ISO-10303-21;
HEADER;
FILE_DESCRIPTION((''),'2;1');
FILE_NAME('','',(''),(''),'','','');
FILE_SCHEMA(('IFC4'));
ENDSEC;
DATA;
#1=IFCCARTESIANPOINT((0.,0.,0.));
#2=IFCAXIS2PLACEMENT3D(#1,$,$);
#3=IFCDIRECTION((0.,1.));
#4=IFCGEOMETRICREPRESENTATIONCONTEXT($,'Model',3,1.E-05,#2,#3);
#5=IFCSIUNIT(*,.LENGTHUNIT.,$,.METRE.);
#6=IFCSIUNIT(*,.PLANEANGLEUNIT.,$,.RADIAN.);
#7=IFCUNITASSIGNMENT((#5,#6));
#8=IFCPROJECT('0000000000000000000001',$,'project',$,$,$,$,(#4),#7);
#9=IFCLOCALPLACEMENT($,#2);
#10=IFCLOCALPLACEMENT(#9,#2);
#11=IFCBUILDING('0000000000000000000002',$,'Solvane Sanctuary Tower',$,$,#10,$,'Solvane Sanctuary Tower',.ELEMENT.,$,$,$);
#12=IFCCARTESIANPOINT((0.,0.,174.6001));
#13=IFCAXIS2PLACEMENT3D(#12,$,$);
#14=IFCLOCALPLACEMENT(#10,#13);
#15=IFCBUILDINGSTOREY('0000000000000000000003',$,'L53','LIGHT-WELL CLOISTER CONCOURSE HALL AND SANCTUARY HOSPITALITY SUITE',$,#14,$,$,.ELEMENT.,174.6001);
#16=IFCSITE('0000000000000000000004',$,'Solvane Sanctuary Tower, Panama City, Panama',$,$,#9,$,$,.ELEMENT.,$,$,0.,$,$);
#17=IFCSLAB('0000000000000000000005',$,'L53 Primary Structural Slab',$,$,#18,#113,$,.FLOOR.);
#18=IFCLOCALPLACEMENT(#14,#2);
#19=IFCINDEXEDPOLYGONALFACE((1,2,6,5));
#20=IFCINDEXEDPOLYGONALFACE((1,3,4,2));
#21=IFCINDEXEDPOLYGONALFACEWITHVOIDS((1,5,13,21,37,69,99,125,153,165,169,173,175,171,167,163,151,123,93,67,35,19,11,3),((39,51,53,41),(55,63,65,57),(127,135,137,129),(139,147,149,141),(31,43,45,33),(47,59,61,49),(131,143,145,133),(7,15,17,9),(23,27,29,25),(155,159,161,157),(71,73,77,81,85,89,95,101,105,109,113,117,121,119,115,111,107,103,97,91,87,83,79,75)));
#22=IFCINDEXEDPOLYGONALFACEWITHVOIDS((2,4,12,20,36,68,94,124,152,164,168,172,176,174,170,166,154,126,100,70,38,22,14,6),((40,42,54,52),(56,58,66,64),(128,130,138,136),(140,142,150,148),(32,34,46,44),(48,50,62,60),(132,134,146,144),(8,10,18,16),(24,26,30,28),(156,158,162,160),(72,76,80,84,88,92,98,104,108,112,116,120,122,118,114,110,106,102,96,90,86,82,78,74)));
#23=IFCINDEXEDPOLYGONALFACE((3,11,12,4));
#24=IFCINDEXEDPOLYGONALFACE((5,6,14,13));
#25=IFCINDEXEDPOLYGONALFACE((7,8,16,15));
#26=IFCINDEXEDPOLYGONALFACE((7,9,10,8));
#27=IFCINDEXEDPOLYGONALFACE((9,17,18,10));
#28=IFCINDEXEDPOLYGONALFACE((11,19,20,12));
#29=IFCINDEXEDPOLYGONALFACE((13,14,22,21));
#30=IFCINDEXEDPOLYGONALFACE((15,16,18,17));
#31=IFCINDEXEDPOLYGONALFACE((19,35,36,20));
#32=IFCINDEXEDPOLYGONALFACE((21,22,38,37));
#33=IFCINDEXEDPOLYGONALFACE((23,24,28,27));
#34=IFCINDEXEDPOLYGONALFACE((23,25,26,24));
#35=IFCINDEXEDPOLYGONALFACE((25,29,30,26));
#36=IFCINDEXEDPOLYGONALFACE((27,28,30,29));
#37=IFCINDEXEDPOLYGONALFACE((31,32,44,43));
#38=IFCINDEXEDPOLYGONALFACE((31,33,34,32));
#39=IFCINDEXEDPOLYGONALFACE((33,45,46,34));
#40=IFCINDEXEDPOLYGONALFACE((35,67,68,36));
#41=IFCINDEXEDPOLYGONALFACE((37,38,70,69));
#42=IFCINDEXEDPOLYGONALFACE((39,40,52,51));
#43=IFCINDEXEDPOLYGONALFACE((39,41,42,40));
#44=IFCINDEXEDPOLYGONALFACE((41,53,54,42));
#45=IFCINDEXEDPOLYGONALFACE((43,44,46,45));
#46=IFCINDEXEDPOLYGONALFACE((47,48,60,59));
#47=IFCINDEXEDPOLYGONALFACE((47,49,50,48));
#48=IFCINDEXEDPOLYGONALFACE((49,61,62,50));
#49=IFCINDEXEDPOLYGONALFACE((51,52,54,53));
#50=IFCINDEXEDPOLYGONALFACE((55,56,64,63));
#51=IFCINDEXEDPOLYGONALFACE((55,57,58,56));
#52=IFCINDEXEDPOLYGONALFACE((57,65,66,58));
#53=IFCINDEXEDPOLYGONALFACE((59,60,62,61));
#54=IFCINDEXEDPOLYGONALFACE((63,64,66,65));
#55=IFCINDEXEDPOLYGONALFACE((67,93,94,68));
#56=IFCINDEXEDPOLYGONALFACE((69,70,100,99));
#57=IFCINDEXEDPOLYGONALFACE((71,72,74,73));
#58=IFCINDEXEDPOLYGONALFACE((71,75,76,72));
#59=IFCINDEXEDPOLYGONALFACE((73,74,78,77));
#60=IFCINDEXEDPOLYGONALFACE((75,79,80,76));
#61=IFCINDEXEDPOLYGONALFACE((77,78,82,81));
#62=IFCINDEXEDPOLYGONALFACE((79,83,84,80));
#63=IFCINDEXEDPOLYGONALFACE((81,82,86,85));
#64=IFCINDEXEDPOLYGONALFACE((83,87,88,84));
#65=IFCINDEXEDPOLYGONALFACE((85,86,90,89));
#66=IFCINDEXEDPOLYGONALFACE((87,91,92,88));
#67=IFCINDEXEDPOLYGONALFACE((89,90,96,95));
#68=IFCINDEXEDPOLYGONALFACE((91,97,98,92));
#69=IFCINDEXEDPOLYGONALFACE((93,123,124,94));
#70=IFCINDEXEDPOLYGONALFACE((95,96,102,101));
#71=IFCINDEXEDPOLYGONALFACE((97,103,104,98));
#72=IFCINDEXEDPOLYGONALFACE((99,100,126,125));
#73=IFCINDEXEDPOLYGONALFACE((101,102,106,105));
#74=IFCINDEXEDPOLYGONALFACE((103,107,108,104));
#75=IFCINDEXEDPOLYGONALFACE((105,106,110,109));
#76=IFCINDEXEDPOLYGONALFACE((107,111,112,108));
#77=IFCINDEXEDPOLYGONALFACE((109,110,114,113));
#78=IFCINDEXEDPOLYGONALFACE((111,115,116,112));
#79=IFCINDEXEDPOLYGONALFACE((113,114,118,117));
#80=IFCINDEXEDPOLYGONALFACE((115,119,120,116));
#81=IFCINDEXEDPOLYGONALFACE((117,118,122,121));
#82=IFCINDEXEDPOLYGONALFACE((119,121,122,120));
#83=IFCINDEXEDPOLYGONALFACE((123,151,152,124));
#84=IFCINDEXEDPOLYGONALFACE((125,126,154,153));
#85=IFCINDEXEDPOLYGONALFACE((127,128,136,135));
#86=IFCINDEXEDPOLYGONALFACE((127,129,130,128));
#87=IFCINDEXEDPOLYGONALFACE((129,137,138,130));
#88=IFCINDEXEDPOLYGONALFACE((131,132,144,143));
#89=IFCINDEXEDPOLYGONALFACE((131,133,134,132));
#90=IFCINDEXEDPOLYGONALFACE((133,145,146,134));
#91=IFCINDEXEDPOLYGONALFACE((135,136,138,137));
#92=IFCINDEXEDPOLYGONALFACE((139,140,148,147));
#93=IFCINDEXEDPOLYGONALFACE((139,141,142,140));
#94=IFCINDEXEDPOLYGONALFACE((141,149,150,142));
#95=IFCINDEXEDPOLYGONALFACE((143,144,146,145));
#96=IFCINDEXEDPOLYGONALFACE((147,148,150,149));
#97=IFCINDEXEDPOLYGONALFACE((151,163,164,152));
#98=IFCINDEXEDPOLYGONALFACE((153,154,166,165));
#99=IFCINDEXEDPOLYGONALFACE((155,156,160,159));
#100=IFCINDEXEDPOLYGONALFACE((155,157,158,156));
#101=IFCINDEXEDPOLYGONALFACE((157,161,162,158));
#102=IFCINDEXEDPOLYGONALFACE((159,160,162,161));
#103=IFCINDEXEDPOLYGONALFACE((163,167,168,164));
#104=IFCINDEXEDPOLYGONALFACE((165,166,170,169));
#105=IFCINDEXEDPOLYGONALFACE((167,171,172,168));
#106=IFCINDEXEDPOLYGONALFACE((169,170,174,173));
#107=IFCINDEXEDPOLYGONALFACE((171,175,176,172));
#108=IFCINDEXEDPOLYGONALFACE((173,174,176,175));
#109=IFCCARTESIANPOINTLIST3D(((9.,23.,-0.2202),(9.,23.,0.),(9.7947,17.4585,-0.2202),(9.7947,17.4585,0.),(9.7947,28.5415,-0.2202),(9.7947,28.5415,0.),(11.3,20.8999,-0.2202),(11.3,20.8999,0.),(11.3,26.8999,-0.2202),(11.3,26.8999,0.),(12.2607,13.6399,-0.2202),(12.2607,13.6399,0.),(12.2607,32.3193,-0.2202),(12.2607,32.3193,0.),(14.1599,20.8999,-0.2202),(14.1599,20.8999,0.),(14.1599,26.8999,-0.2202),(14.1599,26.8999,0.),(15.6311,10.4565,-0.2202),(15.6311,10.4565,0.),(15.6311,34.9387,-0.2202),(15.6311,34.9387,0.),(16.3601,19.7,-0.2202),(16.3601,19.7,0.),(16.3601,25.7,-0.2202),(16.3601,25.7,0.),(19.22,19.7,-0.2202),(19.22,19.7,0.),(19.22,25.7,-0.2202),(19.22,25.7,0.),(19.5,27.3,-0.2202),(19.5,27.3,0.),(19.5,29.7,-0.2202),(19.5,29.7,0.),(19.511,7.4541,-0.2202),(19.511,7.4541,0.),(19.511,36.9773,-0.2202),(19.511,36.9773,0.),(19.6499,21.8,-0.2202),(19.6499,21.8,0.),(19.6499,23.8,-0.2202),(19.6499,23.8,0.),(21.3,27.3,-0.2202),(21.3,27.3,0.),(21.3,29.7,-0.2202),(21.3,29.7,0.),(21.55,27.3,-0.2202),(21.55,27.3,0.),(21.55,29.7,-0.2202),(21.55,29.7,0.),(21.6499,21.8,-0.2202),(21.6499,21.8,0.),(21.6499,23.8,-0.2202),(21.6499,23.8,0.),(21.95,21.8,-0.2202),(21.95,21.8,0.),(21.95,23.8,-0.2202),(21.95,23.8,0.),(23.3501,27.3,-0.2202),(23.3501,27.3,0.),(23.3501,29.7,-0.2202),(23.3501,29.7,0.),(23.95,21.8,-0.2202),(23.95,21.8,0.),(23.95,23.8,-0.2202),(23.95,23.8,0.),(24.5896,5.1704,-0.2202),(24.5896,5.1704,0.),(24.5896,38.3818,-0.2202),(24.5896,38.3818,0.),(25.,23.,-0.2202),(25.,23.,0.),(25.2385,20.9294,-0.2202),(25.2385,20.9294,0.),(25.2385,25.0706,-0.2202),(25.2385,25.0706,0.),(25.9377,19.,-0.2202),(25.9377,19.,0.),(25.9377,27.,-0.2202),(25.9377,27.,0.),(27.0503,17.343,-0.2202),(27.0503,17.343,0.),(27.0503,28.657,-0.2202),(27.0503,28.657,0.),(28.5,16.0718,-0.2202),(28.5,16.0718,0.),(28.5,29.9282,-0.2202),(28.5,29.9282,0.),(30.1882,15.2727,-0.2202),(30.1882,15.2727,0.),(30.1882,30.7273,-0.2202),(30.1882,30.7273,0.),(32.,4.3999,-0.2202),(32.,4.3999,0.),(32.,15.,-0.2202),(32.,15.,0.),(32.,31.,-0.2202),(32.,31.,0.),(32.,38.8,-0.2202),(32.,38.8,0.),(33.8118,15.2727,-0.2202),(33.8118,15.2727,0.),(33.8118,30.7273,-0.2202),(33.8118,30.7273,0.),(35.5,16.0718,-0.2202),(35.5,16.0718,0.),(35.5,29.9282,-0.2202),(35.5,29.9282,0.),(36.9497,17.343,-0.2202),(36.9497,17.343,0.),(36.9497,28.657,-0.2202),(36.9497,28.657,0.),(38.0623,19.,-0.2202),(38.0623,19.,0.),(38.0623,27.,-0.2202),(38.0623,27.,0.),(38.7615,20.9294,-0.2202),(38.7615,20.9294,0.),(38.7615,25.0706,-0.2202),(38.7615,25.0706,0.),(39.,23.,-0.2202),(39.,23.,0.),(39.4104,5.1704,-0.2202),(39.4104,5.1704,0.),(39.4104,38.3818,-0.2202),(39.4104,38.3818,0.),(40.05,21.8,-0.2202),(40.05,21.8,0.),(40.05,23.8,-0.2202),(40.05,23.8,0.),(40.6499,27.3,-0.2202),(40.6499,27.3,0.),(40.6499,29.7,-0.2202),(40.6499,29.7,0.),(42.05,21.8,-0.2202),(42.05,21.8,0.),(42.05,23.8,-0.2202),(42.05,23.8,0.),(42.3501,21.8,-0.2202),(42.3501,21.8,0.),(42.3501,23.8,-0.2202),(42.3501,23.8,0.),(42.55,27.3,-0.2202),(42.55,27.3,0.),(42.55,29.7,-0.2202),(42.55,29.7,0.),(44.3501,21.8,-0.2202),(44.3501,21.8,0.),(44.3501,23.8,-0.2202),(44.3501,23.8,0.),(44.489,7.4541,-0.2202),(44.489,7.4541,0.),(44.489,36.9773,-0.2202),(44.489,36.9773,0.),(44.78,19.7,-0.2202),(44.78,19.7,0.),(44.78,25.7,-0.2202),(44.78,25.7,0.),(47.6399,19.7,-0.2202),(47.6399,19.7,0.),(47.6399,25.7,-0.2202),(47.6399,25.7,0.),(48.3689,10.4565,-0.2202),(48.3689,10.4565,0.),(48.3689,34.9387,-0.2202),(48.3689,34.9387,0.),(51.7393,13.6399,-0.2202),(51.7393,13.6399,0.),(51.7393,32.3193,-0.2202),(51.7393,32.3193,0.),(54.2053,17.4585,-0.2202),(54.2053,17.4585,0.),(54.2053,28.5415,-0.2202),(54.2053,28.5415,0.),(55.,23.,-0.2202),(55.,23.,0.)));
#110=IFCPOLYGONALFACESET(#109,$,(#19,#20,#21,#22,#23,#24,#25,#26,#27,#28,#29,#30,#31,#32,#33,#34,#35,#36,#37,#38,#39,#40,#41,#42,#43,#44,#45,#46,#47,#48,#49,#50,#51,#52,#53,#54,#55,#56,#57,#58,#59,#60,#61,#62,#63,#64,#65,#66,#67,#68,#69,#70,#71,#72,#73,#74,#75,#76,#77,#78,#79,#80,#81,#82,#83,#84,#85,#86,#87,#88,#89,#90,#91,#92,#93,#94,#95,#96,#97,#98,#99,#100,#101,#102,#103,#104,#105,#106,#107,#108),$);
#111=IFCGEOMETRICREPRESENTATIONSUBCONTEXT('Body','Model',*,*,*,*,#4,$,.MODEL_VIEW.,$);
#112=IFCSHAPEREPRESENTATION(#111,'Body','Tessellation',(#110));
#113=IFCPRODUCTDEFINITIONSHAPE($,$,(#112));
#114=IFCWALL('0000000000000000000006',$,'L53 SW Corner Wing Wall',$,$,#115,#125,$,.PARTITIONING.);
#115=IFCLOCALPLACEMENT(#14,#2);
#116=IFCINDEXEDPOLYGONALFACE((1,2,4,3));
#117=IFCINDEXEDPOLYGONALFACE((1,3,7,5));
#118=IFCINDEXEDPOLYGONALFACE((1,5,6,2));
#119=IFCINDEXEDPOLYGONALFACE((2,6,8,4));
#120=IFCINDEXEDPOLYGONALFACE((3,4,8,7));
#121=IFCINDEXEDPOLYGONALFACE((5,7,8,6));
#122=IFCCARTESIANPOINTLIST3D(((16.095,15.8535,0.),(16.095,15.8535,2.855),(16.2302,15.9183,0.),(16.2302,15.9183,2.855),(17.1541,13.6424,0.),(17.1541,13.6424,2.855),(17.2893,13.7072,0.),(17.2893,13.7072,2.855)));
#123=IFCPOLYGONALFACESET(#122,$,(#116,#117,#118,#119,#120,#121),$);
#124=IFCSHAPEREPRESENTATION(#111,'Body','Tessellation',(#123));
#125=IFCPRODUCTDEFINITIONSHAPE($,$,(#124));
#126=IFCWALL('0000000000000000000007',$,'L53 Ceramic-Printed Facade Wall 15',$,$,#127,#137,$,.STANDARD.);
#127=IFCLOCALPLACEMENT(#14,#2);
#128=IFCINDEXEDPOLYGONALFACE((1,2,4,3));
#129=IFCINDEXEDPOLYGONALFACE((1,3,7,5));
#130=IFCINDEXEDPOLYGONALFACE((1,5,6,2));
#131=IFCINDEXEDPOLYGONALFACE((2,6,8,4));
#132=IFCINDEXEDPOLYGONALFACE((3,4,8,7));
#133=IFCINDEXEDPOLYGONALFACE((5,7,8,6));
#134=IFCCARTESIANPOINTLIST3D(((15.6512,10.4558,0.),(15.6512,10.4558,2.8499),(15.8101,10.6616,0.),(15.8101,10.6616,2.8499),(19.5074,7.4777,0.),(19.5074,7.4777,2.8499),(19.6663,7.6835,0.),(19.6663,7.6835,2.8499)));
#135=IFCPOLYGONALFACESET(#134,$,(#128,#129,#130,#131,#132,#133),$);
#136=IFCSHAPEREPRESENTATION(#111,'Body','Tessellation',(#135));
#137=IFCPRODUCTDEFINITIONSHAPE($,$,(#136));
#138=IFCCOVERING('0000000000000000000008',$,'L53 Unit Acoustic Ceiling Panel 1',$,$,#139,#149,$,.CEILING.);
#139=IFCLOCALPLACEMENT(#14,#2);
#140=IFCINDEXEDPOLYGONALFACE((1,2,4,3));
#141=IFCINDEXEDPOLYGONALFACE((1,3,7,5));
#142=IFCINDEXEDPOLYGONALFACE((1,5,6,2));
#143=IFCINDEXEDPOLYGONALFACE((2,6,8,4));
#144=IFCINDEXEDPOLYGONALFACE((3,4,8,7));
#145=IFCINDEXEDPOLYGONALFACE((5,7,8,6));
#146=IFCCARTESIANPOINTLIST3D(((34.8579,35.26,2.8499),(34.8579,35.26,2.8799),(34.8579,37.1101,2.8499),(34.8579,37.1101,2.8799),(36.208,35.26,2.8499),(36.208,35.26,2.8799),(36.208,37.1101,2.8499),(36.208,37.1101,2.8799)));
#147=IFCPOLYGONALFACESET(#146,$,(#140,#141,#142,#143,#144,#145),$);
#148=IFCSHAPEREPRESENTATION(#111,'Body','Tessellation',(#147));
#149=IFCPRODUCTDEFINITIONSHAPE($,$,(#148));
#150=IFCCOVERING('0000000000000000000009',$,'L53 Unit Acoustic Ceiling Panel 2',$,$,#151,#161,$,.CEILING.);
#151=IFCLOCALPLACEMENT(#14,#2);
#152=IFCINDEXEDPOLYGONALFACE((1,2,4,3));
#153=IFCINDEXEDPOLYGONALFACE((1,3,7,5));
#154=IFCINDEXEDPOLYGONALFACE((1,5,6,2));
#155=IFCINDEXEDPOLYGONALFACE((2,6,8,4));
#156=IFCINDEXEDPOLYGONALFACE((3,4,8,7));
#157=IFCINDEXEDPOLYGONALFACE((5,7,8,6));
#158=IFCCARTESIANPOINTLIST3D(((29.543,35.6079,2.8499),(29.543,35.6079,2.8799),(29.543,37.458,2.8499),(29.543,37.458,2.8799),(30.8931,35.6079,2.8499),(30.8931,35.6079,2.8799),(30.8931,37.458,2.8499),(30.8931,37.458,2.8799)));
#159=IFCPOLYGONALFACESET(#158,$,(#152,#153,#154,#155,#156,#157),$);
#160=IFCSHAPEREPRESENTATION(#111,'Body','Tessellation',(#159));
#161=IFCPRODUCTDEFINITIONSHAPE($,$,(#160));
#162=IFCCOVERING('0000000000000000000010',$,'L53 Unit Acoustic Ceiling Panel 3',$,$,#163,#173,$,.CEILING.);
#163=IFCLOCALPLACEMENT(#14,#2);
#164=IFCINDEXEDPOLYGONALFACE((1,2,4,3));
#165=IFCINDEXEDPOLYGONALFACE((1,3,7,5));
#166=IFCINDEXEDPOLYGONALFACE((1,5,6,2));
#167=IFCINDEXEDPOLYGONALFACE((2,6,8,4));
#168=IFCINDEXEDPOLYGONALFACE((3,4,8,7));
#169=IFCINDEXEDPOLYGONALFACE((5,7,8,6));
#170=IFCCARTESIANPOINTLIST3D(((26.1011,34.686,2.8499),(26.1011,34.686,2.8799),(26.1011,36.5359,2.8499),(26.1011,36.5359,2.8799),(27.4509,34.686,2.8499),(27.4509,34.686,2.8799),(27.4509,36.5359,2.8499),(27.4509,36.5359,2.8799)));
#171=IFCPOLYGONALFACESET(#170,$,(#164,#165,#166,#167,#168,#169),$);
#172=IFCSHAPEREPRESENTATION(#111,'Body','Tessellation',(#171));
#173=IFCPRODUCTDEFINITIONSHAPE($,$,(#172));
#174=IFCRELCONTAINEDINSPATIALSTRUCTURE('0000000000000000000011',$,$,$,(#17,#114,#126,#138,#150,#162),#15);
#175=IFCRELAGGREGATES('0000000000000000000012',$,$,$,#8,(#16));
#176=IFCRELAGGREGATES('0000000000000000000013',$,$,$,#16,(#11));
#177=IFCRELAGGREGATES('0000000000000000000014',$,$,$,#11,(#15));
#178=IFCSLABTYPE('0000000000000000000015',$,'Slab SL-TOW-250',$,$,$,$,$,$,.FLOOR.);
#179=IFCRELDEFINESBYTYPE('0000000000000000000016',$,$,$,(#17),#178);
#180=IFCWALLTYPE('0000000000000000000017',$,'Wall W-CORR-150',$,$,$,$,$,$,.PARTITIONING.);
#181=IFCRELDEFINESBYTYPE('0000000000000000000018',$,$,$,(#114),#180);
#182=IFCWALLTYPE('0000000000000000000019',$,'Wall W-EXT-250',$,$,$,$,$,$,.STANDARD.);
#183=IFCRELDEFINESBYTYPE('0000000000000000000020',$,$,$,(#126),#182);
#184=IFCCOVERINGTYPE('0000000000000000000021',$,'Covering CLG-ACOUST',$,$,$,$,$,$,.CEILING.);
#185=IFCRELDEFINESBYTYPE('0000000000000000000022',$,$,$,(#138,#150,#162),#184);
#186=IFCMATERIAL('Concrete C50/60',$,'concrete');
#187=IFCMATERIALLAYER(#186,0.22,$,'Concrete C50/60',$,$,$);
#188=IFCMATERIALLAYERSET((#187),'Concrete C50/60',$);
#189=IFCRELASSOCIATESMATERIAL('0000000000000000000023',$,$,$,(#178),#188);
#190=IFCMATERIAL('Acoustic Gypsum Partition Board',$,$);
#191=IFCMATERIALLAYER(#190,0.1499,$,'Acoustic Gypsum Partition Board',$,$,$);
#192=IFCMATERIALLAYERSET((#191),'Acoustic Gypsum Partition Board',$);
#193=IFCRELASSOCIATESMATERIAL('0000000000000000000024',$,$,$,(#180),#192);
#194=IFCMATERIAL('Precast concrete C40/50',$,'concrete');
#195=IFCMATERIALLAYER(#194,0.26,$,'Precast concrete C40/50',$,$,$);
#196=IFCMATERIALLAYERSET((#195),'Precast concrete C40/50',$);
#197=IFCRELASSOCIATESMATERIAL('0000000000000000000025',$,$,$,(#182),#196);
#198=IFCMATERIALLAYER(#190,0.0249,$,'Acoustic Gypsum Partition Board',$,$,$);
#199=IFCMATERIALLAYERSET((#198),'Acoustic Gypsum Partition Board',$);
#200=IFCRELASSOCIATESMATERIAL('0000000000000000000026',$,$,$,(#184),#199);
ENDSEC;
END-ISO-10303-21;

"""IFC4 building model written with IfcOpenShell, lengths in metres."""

from ifc_helpers import new_model, si_unit, direction, frame, frame_2d, origin, place, context, subcontext, project, spatial, polyline, rectangle, outline, extrude, material, layer, layer_set, type_object, element, save


model = new_model("IFC4")

# Units and contexts
model_context = context("Model", 3, precision=1e-05, world=origin(), true_north=direction((0.0, 1.0)))
body_context = subcontext(model_context, "Body", "Model", "MODEL_VIEW")
ifc_project = project(units=[si_unit("LENGTHUNIT", "METRE"), si_unit("PLANEANGLEUNIT", "RADIAN")], contexts=[model_context])

# Site, building, storey
site_placement = place(None, origin())
site = spatial("IfcSite", under=ifc_project, at=site_placement, Name="Solvane Sanctuary Tower, Panama City, Panama", CompositionType="ELEMENT", RefElevation=0.0)
building_placement = place(site_placement, origin())
building = spatial("IfcBuilding", under=site, at=building_placement, Name="Solvane Sanctuary Tower", LongName="Solvane Sanctuary Tower", CompositionType="ELEMENT")
storey_placement = place(building_placement, frame((0.0, 0.0, 174.6001)))
storey = spatial("IfcBuildingStorey", under=building, at=storey_placement, Name="L53", Description="LIGHT-WELL CLOISTER CONCOURSE HALL AND SANCTUARY HOSPITALITY SUITE", CompositionType="ELEMENT", Elevation=174.6001)

# Shared definitions
ifc_material_1 = material(Name="Precast concrete C40/50", Category="concrete")

# Slab
ifc_material_2 = material(Name="Concrete C50/60", Category="concrete")
ifc_layer_1 = layer(ifc_material_2, 0.22, Name="Concrete C50/60")
ifc_layer_set_1 = layer_set([ifc_layer_1], Name="Concrete C50/60")
slab_type_1 = type_object("IfcSlabType", Name="Slab SL-TOW-250", PredefinedType="FLOOR", material=ifc_layer_set_1)
slab_1_placement = place(storey_placement, frame((0.0, 0.0, -0.2202)))
element("IfcSlab", 1, at=slab_1_placement, inside=storey, type_object=slab_type_1, Name="L53 Primary Structural Slab", PredefinedType="FLOOR", context=body_context, shape_type="SweptSolid", body=[
    extrude(outline(polyline([(55.0, 23.0), (54.2053, 28.5415), (51.7393, 32.3193), (48.3689, 34.9387), (44.489, 36.9773), (39.4104, 38.3818), (32.0, 38.8), (24.5896, 38.3818), (19.511, 36.9773), (15.6311, 34.9387), (12.2607, 32.3193), (9.7947, 28.5415), (9.0, 23.0), (9.7947, 17.4585), (12.2607, 13.6399), (15.6311, 10.4565), (19.511, 7.4541), (24.5896, 5.1704), (32.0, 4.3999), (39.4104, 5.1704), (44.489, 7.4541), (48.3689, 10.4565), (51.7393, 13.6399), (54.2053, 17.4585), (55.0, 23.0)]), holes=[polyline([(38.7615, 20.9294), (38.0623, 19.0), (36.9497, 17.343), (35.5, 16.0718), (33.8118, 15.2727), (32.0, 15.0), (30.1882, 15.2727), (28.5, 16.0718), (27.0503, 17.343), (25.9377, 19.0), (25.2385, 20.9294), (25.0, 23.0), (25.2385, 25.0706), (25.9377, 27.0), (27.0503, 28.657), (28.5, 29.9282), (30.1882, 30.7273), (32.0, 31.0), (33.8118, 30.7273), (35.5, 29.9282), (36.9497, 28.657), (38.0623, 27.0), (38.7615, 25.0706), (39.0, 23.0), (38.7615, 20.9294)]), polyline([(16.3601, 19.7), (16.3601, 25.7), (19.22, 25.7), (19.22, 19.7), (16.3601, 19.7)]), polyline([(44.78, 19.7), (44.78, 25.7), (47.6399, 25.7), (47.6399, 19.7), (44.78, 19.7)]), polyline([(11.3, 20.8999), (11.3, 26.8999), (14.1599, 26.8999), (14.1599, 20.8999), (11.3, 20.8999)]), polyline([(19.6499, 23.8), (21.6499, 23.8), (21.6499, 21.8), (19.6499, 21.8), (19.6499, 23.8)]), polyline([(42.3501, 23.8), (44.3501, 23.8), (44.3501, 21.8), (42.3501, 21.8), (42.3501, 23.8)]), polyline([(21.95, 23.8), (23.95, 23.8), (23.95, 21.8), (21.95, 21.8), (21.95, 23.8)]), polyline([(40.05, 23.8), (42.05, 23.8), (42.05, 21.8), (40.05, 21.8), (40.05, 23.8)]), polyline([(19.5, 29.7), (21.3, 29.7), (21.3, 27.3), (19.5, 27.3), (19.5, 29.7)]), polyline([(21.55, 29.7), (23.3501, 29.7), (23.3501, 27.3), (21.55, 27.3), (21.55, 29.7)]), polyline([(40.6499, 29.7), (42.55, 29.7), (42.55, 27.3), (40.6499, 27.3), (40.6499, 29.7)])]), origin(), (0.0, 0.0, 1.0), 0.2202),
])

# Walls
ifc_material_3 = material(Name="Acoustic Gypsum Partition Board")
ifc_layer_2 = layer(ifc_material_3, 0.1499, Name="Acoustic Gypsum Partition Board")
ifc_layer_set_2 = layer_set([ifc_layer_2], Name="Acoustic Gypsum Partition Board")
wall_type_1 = type_object("IfcWallType", Name="Wall W-CORR-150", PredefinedType="PARTITIONING", material=ifc_layer_set_2)
wall_1_placement = place(storey_placement, frame((17.2217, 13.6748, 0.0), z_axis=(0.0, 0.0, 1.0), x_axis=(-0.431973, 0.901886, 0.0)))
element("IfcWall", 2, at=wall_1_placement, inside=storey, type_object=wall_type_1, Name="L53 SW Corner Wing Wall", PredefinedType="PARTITIONING", context=body_context, shape_type="SweptSolid", body=[
    extrude(rectangle(XDim=2.4517, YDim=0.1499, at=frame_2d((1.2258, 0.0))), origin(), (0.0, 0.0, 1.0), 2.855),
])
ifc_layer_3 = layer(ifc_material_1, 0.26, Name="Precast concrete C40/50")
ifc_layer_set_3 = layer_set([ifc_layer_3], Name="Precast concrete C40/50")
wall_type_2 = type_object("IfcWallType", Name="Wall W-EXT-250", PredefinedType="STANDARD", material=ifc_layer_set_3)
wall_2_placement = place(storey_placement, frame((15.7307, 10.5586, 0.0), z_axis=(0.0, 0.0, 1.0), x_axis=(0.79146, -0.611221, 0.0)))
element("IfcWall", 3, at=wall_2_placement, inside=storey, type_object=wall_type_2, Name="L53 Ceramic-Printed Facade Wall 15", PredefinedType="STANDARD", context=body_context, shape_type="SweptSolid", body=[
    extrude(rectangle(XDim=4.8723, YDim=0.26, at=frame_2d((2.436, 0.0))), origin(), (0.0, 0.0, 1.0), 2.8499),
])

# Coverings
ifc_layer_4 = layer(ifc_material_3, 0.0249, Name="Acoustic Gypsum Partition Board")
ifc_layer_set_4 = layer_set([ifc_layer_4], Name="Acoustic Gypsum Partition Board")
covering_type_1 = type_object("IfcCoveringType", Name="Covering CLG-ACOUST", PredefinedType="CEILING", material=ifc_layer_set_4)
covering_1_placement = place(storey_placement, frame((0.0, 0.0, 2.8499)))
element("IfcCovering", 4, at=covering_1_placement, inside=storey, type_object=covering_type_1, Name="L53 Unit Acoustic Ceiling Panel 1", PredefinedType="CEILING", context=body_context, shape_type="SweptSolid", body=[
    extrude(outline(polyline([(34.8579, 35.26), (36.208, 35.26), (36.208, 37.1101), (34.8579, 37.1101), (34.8579, 35.26)])), origin(), (0.0, 0.0, 1.0), 0.03),
])
covering_2_placement = place(storey_placement, frame((0.0, 0.0, 2.8499)))
element("IfcCovering", 5, at=covering_2_placement, inside=storey, type_object=covering_type_1, Name="L53 Unit Acoustic Ceiling Panel 2", PredefinedType="CEILING", context=body_context, shape_type="SweptSolid", body=[
    extrude(outline(polyline([(29.543, 35.6079), (30.8931, 35.6079), (30.8931, 37.458), (29.543, 37.458), (29.543, 35.6079)])), origin(), (0.0, 0.0, 1.0), 0.03),
])
covering_3_placement = place(storey_placement, frame((0.0, 0.0, 2.8499)))
element("IfcCovering", 6, at=covering_3_placement, inside=storey, type_object=covering_type_1, Name="L53 Unit Acoustic Ceiling Panel 3", PredefinedType="CEILING", context=body_context, shape_type="SweptSolid", body=[
    extrude(outline(polyline([(26.1011, 34.686), (27.4509, 34.686), (27.4509, 36.5359), (26.1011, 36.5359), (26.1011, 34.686)])), origin(), (0.0, 0.0, 1.0), 0.03),
])

save(model, "model.ifc")
